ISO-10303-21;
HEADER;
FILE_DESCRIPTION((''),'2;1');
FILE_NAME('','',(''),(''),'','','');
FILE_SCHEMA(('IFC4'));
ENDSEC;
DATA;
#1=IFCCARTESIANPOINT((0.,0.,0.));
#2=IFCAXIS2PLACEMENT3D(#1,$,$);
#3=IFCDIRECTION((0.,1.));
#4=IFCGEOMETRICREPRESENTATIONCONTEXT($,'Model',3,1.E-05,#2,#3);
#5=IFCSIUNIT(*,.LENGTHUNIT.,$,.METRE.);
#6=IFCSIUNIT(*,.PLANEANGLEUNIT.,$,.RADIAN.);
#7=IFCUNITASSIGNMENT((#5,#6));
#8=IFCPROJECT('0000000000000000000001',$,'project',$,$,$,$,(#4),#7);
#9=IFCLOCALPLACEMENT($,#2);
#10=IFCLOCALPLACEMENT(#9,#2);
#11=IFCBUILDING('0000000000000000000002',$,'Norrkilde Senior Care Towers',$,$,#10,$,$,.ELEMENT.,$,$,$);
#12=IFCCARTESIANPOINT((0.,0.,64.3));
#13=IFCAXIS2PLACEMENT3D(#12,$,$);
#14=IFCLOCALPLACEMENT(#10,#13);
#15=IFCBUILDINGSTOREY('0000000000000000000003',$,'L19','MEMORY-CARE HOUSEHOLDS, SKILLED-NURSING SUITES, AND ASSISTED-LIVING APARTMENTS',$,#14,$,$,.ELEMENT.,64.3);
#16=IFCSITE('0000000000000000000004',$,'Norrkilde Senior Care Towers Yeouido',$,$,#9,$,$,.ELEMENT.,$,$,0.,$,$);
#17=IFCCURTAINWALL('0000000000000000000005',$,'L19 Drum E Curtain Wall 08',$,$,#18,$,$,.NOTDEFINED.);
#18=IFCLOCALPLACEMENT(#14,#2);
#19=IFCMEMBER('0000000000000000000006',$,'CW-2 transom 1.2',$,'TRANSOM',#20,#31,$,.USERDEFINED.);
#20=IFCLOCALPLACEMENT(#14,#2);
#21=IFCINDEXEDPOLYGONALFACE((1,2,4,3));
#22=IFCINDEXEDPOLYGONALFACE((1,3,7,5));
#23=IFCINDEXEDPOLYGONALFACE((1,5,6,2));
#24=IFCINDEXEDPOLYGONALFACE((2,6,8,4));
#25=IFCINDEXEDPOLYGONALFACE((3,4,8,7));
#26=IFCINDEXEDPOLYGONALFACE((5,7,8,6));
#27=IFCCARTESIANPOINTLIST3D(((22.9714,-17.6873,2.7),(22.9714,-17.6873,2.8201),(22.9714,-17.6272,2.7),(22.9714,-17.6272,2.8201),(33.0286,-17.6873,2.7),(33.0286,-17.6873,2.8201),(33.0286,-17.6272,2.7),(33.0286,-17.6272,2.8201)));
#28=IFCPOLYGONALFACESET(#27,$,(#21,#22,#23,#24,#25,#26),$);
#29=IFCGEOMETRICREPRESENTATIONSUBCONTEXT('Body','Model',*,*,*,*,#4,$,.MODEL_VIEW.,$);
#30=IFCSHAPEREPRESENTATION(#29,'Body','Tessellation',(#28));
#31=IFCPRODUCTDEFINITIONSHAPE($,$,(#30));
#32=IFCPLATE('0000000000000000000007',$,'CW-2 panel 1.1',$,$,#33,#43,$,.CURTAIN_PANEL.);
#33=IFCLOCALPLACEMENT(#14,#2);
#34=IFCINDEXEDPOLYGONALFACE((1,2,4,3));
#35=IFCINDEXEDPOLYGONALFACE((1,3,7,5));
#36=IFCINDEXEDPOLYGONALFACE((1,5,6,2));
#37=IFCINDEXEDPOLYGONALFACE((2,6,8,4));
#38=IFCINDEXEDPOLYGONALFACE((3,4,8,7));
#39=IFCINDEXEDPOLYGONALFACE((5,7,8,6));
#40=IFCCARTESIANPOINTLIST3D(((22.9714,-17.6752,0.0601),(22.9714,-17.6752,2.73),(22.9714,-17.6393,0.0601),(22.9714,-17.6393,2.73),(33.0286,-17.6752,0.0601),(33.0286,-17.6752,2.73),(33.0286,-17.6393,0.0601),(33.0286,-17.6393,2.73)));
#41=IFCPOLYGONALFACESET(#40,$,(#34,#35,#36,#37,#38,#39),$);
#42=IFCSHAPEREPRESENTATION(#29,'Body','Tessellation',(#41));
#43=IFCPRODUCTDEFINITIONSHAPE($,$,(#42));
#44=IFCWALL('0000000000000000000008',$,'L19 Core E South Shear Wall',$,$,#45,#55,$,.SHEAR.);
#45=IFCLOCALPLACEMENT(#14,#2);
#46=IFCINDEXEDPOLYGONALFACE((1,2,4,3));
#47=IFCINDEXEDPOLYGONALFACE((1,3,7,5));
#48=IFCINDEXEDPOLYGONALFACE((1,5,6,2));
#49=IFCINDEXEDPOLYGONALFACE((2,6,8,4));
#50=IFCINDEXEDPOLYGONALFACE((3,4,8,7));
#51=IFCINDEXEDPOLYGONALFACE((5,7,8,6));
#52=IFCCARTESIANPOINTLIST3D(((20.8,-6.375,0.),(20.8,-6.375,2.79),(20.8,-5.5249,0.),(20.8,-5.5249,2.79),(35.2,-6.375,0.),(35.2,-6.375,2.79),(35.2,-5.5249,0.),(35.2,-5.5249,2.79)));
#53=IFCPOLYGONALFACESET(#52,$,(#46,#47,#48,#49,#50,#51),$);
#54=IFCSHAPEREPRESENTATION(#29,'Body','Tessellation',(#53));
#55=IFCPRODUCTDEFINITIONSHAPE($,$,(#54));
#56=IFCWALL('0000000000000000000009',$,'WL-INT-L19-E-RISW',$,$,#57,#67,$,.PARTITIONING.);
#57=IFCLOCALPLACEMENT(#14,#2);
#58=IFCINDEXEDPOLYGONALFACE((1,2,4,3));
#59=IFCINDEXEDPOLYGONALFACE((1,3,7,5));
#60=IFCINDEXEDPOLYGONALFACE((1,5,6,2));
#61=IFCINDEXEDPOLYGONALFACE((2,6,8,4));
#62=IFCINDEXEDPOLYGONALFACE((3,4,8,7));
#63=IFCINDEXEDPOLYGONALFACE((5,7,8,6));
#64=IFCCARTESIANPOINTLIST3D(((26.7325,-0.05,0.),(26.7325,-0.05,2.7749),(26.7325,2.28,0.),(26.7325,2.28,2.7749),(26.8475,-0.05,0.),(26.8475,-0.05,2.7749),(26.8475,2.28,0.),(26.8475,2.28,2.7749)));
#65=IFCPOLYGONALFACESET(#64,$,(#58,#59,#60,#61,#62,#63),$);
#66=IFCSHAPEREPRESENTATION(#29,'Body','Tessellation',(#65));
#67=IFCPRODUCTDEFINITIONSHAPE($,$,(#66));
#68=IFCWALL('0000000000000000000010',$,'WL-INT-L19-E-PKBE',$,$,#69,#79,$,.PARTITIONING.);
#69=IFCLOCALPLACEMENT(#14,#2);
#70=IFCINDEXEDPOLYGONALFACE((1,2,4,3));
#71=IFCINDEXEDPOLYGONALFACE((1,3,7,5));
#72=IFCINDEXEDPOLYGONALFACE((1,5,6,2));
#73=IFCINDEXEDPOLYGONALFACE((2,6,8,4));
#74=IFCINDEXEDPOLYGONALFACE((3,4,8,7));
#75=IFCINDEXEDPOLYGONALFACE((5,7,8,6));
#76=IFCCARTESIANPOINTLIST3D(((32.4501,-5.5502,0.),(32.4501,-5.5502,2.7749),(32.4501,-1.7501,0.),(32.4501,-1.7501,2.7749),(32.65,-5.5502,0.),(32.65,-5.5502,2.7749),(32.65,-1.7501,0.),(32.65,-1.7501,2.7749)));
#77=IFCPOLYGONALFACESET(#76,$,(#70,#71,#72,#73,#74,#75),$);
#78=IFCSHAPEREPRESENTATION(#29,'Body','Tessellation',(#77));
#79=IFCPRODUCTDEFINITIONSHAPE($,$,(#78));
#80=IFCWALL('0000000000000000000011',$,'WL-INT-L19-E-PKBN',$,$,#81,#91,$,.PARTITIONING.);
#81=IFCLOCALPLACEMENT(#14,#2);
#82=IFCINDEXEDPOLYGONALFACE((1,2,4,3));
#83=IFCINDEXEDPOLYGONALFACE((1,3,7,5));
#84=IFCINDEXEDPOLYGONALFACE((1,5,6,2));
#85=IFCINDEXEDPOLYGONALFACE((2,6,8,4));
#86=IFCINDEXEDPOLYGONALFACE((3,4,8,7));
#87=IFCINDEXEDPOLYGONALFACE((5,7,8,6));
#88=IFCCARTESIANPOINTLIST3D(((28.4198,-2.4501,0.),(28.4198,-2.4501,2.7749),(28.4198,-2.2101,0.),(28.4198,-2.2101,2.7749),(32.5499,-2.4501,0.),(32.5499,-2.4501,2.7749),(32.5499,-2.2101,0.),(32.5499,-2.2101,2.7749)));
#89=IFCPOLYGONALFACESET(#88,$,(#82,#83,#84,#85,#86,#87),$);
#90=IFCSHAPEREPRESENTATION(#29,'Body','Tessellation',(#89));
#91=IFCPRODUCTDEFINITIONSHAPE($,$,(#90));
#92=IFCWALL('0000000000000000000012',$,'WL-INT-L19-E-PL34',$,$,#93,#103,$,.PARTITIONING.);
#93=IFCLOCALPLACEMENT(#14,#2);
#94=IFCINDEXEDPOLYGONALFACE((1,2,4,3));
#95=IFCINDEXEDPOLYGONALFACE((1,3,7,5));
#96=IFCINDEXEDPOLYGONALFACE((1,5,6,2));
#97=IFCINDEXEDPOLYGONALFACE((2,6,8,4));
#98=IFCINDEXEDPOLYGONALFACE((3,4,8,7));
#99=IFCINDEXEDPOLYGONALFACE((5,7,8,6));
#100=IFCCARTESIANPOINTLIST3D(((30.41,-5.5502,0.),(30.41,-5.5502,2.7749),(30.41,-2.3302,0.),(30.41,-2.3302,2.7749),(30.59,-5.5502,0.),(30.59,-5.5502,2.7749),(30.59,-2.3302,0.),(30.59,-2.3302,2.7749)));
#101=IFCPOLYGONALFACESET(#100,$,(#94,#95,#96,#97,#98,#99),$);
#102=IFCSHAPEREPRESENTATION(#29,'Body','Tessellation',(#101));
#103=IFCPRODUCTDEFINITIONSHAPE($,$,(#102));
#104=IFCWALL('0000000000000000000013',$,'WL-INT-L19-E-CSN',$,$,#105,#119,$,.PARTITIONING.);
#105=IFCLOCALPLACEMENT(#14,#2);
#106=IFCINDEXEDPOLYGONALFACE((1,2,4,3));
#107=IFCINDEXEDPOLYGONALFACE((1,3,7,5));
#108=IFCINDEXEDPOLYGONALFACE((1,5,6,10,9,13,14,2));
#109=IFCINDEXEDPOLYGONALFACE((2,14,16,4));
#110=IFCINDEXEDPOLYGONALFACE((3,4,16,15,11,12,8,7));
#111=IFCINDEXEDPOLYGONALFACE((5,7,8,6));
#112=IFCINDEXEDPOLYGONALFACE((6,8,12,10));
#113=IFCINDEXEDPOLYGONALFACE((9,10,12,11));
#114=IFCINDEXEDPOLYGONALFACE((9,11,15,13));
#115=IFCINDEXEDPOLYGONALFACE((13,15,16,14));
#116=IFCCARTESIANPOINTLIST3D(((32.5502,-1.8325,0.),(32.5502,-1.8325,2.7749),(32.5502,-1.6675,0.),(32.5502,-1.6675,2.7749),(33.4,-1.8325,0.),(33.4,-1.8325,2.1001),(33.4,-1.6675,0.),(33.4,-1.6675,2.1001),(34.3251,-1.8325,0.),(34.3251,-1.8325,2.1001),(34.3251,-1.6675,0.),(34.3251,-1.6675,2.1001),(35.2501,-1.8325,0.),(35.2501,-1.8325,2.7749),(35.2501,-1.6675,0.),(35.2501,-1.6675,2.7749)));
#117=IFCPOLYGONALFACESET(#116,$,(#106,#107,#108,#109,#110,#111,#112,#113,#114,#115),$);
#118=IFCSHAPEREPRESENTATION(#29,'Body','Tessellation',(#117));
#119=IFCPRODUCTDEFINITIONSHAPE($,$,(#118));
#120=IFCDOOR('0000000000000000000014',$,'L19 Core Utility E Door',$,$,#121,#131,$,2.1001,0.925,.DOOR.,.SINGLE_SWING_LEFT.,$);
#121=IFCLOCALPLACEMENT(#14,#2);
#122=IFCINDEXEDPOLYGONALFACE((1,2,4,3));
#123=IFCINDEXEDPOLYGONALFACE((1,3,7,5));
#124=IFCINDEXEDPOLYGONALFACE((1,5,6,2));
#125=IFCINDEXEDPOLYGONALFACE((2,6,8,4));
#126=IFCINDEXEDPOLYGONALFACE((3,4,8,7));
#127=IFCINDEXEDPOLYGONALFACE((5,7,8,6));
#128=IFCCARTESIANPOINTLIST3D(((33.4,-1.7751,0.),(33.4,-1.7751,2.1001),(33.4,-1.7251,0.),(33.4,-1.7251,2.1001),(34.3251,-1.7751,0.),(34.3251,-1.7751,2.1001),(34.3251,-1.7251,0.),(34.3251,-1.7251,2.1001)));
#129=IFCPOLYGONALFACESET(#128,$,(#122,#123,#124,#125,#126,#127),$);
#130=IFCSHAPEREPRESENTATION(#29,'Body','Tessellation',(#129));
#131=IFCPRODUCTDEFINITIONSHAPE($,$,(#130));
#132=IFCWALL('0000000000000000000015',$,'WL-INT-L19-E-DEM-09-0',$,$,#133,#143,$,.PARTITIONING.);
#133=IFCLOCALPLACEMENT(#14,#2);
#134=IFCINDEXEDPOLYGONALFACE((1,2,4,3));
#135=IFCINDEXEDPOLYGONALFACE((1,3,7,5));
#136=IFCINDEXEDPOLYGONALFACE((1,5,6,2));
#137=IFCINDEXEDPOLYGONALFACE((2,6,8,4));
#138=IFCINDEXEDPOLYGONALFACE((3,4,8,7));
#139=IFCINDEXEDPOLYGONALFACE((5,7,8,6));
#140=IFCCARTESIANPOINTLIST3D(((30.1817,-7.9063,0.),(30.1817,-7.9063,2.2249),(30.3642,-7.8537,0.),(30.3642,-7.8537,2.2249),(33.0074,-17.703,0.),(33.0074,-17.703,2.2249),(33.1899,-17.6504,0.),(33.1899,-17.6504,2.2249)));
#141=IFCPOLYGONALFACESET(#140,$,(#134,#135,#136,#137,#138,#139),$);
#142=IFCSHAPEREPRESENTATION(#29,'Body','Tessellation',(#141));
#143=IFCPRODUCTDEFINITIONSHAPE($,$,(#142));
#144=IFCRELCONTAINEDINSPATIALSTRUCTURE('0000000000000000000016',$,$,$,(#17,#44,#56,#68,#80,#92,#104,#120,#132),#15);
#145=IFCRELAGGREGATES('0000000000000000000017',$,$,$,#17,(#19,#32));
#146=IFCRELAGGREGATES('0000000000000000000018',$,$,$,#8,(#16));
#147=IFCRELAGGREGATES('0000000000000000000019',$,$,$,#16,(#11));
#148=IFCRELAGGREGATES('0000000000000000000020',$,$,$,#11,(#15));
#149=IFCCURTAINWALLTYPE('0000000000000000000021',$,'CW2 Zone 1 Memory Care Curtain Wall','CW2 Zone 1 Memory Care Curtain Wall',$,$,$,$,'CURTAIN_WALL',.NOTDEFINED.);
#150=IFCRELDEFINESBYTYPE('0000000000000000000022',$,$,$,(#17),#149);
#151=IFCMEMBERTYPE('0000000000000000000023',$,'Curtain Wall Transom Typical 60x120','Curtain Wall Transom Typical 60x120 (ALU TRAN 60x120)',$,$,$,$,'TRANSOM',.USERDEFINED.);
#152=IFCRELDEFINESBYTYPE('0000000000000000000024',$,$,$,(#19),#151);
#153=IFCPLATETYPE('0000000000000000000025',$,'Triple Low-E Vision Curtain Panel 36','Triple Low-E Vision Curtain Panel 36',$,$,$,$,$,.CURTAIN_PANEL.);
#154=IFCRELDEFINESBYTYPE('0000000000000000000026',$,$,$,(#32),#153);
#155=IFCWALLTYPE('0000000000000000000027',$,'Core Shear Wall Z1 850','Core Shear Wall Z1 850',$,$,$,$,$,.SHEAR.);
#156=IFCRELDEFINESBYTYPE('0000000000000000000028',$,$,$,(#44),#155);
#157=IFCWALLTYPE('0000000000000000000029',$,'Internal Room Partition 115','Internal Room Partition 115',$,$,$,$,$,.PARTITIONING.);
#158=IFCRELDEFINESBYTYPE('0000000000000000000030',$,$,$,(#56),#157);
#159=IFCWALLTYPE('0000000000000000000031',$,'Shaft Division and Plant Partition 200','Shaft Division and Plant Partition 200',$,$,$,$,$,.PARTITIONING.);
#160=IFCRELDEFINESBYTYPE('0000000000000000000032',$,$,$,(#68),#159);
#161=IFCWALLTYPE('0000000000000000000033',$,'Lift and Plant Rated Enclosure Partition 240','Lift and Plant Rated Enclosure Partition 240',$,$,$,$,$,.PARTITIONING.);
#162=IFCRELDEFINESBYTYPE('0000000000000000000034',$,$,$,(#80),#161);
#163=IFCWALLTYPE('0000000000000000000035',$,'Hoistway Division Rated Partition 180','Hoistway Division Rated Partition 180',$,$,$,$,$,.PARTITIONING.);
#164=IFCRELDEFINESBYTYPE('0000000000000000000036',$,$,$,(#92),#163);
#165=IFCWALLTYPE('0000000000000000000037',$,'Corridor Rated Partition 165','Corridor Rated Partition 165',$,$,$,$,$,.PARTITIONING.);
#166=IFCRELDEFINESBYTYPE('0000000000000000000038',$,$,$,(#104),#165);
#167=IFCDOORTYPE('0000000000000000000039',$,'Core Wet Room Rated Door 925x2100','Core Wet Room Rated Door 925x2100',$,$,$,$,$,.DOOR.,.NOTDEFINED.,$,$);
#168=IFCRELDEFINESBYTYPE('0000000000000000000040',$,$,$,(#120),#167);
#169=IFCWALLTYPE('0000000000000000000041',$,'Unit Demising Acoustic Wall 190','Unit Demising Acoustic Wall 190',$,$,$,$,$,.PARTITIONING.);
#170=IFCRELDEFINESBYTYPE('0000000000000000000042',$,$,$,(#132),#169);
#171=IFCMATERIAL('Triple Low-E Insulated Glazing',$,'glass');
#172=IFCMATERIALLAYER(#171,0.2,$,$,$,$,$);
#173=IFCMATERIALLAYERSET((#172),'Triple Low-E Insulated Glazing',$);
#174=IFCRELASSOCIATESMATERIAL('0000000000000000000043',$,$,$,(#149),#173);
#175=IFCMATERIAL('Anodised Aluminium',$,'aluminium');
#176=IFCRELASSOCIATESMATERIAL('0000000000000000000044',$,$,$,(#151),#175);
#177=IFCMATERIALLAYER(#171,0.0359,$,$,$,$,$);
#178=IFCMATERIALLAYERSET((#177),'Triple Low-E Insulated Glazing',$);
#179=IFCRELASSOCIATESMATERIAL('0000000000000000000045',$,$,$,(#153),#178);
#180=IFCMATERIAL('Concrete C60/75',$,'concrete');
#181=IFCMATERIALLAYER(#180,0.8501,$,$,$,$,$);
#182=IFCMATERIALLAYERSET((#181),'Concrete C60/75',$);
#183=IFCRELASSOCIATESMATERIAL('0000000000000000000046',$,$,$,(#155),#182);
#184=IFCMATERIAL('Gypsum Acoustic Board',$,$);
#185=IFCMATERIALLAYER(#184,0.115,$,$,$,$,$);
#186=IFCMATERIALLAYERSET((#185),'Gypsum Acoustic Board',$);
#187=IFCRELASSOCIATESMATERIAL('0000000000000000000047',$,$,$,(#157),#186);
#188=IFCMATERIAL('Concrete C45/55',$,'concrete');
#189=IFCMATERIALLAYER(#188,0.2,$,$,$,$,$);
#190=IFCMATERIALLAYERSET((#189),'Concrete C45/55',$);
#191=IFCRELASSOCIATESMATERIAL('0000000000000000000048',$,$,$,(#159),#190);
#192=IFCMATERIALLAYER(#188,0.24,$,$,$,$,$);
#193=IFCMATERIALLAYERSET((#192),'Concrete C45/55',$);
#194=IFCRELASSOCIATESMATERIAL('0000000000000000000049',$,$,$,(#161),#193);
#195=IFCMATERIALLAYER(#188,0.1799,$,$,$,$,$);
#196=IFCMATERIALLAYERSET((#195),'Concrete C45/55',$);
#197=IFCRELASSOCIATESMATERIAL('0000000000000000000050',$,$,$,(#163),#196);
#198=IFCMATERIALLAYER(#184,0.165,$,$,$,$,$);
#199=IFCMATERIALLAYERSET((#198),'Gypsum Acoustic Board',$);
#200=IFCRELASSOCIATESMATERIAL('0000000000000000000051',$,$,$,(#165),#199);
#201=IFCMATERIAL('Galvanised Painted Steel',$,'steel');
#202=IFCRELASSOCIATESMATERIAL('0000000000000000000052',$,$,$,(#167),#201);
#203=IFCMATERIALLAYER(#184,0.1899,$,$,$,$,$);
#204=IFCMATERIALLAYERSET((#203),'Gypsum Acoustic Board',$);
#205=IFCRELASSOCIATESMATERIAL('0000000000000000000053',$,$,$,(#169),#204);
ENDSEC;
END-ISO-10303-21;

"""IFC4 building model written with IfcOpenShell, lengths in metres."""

from ifc_helpers import new_model, si_unit, direction, frame, frame_2d, origin, origin_2d, place, context, subcontext, project, spatial, rectangle, extrude, source, transform, mapped, material, layer, layer_set, material_profile, profile_set, type_object, type_shapes, element, fill, aggregate, save


model = new_model("IFC4")

# Units and contexts
model_context = context("Model", 3, precision=1e-05, world=origin(), true_north=direction((0.0, 1.0)))
body_context = subcontext(model_context, "Body", "Model", "MODEL_VIEW")
ifc_project = project(units=[si_unit("LENGTHUNIT", "METRE"), si_unit("PLANEANGLEUNIT", "RADIAN")], contexts=[model_context])

# Site, building, storey
site_placement = place(None, origin())
site = spatial("IfcSite", under=ifc_project, at=site_placement, Name="Norrkilde Senior Care Towers Yeouido", CompositionType="ELEMENT", RefElevation=0.0)
building_placement = place(site_placement, origin())
building = spatial("IfcBuilding", under=site, at=building_placement, Name="Norrkilde Senior Care Towers", CompositionType="ELEMENT")
storey_placement = place(building_placement, frame((0.0, 0.0, 64.3)))
storey = spatial("IfcBuildingStorey", under=building, at=storey_placement, Name="L19", Description="MEMORY-CARE HOUSEHOLDS, SKILLED-NURSING SUITES, AND ASSISTED-LIVING APARTMENTS", CompositionType="ELEMENT", Elevation=64.3)

# Shared definitions
ifc_material_1 = material(Name="Concrete C60/75", Category="concrete")

# Curtain wall
ifc_material_2 = material(Name="Triple Low-E Insulated Glazing", Category="glass")
ifc_layer_1 = layer(ifc_material_2, 0.2)
ifc_layer_set_1 = layer_set([ifc_layer_1], Name="Triple Low-E Insulated Glazing")
curtain_wall_type = type_object("IfcCurtainWallType", Name="CW2 Zone 1 Memory Care Curtain Wall", Description="CW2 Zone 1 Memory Care Curtain Wall", ElementType="CURTAIN_WALL", PredefinedType="NOTDEFINED", material=ifc_layer_set_1)
curtain_wall_1_placement = place(storey_placement, origin())
curtain_wall_1 = element("IfcCurtainWall", 1, at=curtain_wall_1_placement, inside=storey, type_object=curtain_wall_type, Name="L19 Drum E Curtain Wall 08", PredefinedType="NOTDEFINED")
ifc_material_3 = material(Name="Anodised Aluminium", Category="aluminium")

# Member
ifc_material_profile_1 = material_profile(ifc_material_3, rectangle(XDim=0.0601, YDim=0.1201, at=origin_2d()), Name="ALU TRAN 60x120")
ifc_profile_set_1 = profile_set([ifc_material_profile_1], Name="Anodised Aluminium")
member_type_1 = type_object("IfcMemberType", Name="Curtain Wall Transom Typical 60x120", Description="Curtain Wall Transom Typical 60x120 (ALU TRAN 60x120)", ElementType="TRANSOM", PredefinedType="USERDEFINED", material=ifc_profile_set_1)
shared_shape_1 = source(origin(), body_context, "Body", "SweptSolid", [
    extrude(rectangle(XDim=0.0601, YDim=0.1201, at=origin_2d()), origin(), (0.0, 0.0, 1.0), 10.0571),
])
type_shapes(member_type_1, [shared_shape_1])
member_1_placement = place(storey_placement, frame((33.0286, -17.6572, 2.76), z_axis=(-1.0, 0.0, 0.0), x_axis=(0.0, -1.0, 0.0)))
member_1 = element("IfcMember", 2, at=member_1_placement, type_object=member_type_1, Name="CW-2 transom 1.2", ObjectType="TRANSOM", PredefinedType="USERDEFINED", context=body_context, shape_type="MappedRepresentation", body=[
    mapped(shared_shape_1, transform((0.0, 0.0, 0.0), x_axis=(1.0, 0.0, 0.0), y_axis=(0.0, 1.0, 0.0), z_axis=(0.0, 0.0, 1.0), scale=1.0)),
])

# Plate
ifc_layer_2 = layer(ifc_material_2, 0.0359)
ifc_layer_set_2 = layer_set([ifc_layer_2], Name="Triple Low-E Insulated Glazing")
plate_type = type_object("IfcPlateType", Name="Triple Low-E Vision Curtain Panel 36", Description="Triple Low-E Vision Curtain Panel 36", PredefinedType="CURTAIN_PANEL", material=ifc_layer_set_2)
shared_shape_2 = source(origin(), body_context, "Body", "SweptSolid", [
    extrude(rectangle(XDim=10.0571, YDim=0.0359, at=origin_2d()), origin(), (0.0, 0.0, 1.0), 2.6699),
])
type_shapes(plate_type, [shared_shape_2])
plate_placement = place(storey_placement, frame((28.0, -17.6572, 0.0601), z_axis=(0.0, 0.0, 1.0), x_axis=(-1.0, 0.0, 0.0)))
plate = element("IfcPlate", 3, at=plate_placement, type_object=plate_type, Name="CW-2 panel 1.1", PredefinedType="CURTAIN_PANEL", context=body_context, shape_type="MappedRepresentation", body=[
    mapped(shared_shape_2, transform((0.0, 0.0, 0.0), x_axis=(1.0, 0.0, 0.0), y_axis=(0.0, 1.0, 0.0), z_axis=(0.0, 0.0, 1.0), scale=1.0)),
])
aggregate(curtain_wall_1, [member_1, plate])

# Walls
ifc_layer_3 = layer(ifc_material_1, 0.8501)
ifc_layer_set_3 = layer_set([ifc_layer_3], Name="Concrete C60/75")
wall_type_1 = type_object("IfcWallType", Name="Core Shear Wall Z1 850", Description="Core Shear Wall Z1 850", PredefinedType="SHEAR", material=ifc_layer_set_3)
shared_shape_3 = source(origin(), body_context, "Body", "SweptSolid", [
    extrude(rectangle(XDim=14.3999, YDim=0.8501, at=frame_2d((7.2, 0.0))), origin(), (0.0, 0.0, 1.0), 2.79),
])
type_shapes(wall_type_1, [shared_shape_3])
wall_1_placement = place(storey_placement, frame((35.2, -5.95, 0.0), z_axis=(0.0, 0.0, 1.0), x_axis=(-1.0, 0.0, 0.0)))
element("IfcWall", 4, at=wall_1_placement, inside=storey, type_object=wall_type_1, Name="L19 Core E South Shear Wall", PredefinedType="SHEAR", context=body_context, shape_type="MappedRepresentation", body=[
    mapped(shared_shape_3, transform((0.0, 0.0, 0.0), x_axis=(1.0, 0.0, 0.0), y_axis=(0.0, 1.0, 0.0), z_axis=(0.0, 0.0, 1.0), scale=1.0)),
])
ifc_material_4 = material(Name="Gypsum Acoustic Board")
ifc_layer_4 = layer(ifc_material_4, 0.115)
ifc_layer_set_4 = layer_set([ifc_layer_4], Name="Gypsum Acoustic Board")
wall_type_2 = type_object("IfcWallType", Name="Internal Room Partition 115", Description="Internal Room Partition 115", PredefinedType="PARTITIONING", material=ifc_layer_set_4)
shared_shape_4 = source(origin(), body_context, "Body", "SweptSolid", [
    extrude(rectangle(XDim=2.3301, YDim=0.115, at=frame_2d((1.165, 0.0))), origin(), (0.0, 0.0, 1.0), 2.7749),
])
wall_2_placement = place(storey_placement, frame((26.79, -0.05, 0.0), z_axis=(0.0, 0.0, 1.0), x_axis=(0.0, 1.0, 0.0)))
element("IfcWall", 5, at=wall_2_placement, inside=storey, type_object=wall_type_2, Name="WL-INT-L19-E-RISW", PredefinedType="PARTITIONING", context=body_context, shape_type="MappedRepresentation", body=[
    mapped(shared_shape_4, transform((0.0, 0.0, 0.0), x_axis=(1.0, 0.0, 0.0), y_axis=(0.0, 1.0, 0.0), z_axis=(0.0, 0.0, 1.0), scale=1.0)),
])
ifc_material_5 = material(Name="Concrete C45/55", Category="concrete")
ifc_layer_5 = layer(ifc_material_5, 0.2)
ifc_layer_set_5 = layer_set([ifc_layer_5], Name="Concrete C45/55")
wall_type_3 = type_object("IfcWallType", Name="Shaft Division and Plant Partition 200", Description="Shaft Division and Plant Partition 200", PredefinedType="PARTITIONING", material=ifc_layer_set_5)
shared_shape_5 = source(origin(), body_context, "Body", "SweptSolid", [
    extrude(rectangle(XDim=3.8, YDim=0.2, at=frame_2d((1.8999, 0.0))), origin(), (0.0, 0.0, 1.0), 2.7749),
])
type_shapes(wall_type_3, [shared_shape_5])
wall_3_placement = place(storey_placement, frame((32.55, -5.55, 0.0), z_axis=(0.0, 0.0, 1.0), x_axis=(0.0, 1.0, 0.0)))
element("IfcWall", 6, at=wall_3_placement, inside=storey, type_object=wall_type_3, Name="WL-INT-L19-E-PKBE", PredefinedType="PARTITIONING", context=body_context, shape_type="MappedRepresentation", body=[
    mapped(shared_shape_5, transform((0.0, 0.0, 0.0), x_axis=(1.0, 0.0, 0.0), y_axis=(0.0, 1.0, 0.0), z_axis=(0.0, 0.0, 1.0), scale=1.0)),
])
ifc_layer_6 = layer(ifc_material_5, 0.24)
ifc_layer_set_6 = layer_set([ifc_layer_6], Name="Concrete C45/55")
wall_type_4 = type_object("IfcWallType", Name="Lift and Plant Rated Enclosure Partition 240", Description="Lift and Plant Rated Enclosure Partition 240", PredefinedType="PARTITIONING", material=ifc_layer_set_6)
shared_shape_6 = source(origin(), body_context, "Body", "SweptSolid", [
    extrude(rectangle(XDim=4.1301, YDim=0.24, at=frame_2d((2.0649, 0.0))), origin(), (0.0, 0.0, 1.0), 2.7749),
])
type_shapes(wall_type_4, [shared_shape_6])
wall_4_placement = place(storey_placement, frame((28.4199, -2.3301, 0.0), z_axis=(0.0, 0.0, 1.0), x_axis=(1.0, 0.0, 0.0)))
element("IfcWall", 7, at=wall_4_placement, inside=storey, type_object=wall_type_4, Name="WL-INT-L19-E-PKBN", PredefinedType="PARTITIONING", context=body_context, shape_type="MappedRepresentation", body=[
    mapped(shared_shape_6, transform((0.0, 0.0, 0.0), x_axis=(1.0, 0.0, 0.0), y_axis=(0.0, 1.0, 0.0), z_axis=(0.0, 0.0, 1.0), scale=1.0)),
])
ifc_layer_7 = layer(ifc_material_5, 0.1799)
ifc_layer_set_7 = layer_set([ifc_layer_7], Name="Concrete C45/55")
wall_type_5 = type_object("IfcWallType", Name="Hoistway Division Rated Partition 180", Description="Hoistway Division Rated Partition 180", PredefinedType="PARTITIONING", material=ifc_layer_set_7)
shared_shape_7 = source(origin(), body_context, "Body", "SweptSolid", [
    extrude(rectangle(XDim=3.22, YDim=0.1799, at=frame_2d((1.6099, 0.0))), origin(), (0.0, 0.0, 1.0), 2.7749),
])
type_shapes(wall_type_5, [shared_shape_7])
wall_5_placement = place(storey_placement, frame((30.5, -5.55, 0.0), z_axis=(0.0, 0.0, 1.0), x_axis=(0.0, 1.0, 0.0)))
element("IfcWall", 8, at=wall_5_placement, inside=storey, type_object=wall_type_5, Name="WL-INT-L19-E-PL34", PredefinedType="PARTITIONING", context=body_context, shape_type="MappedRepresentation", body=[
    mapped(shared_shape_7, transform((0.0, 0.0, 0.0), x_axis=(1.0, 0.0, 0.0), y_axis=(0.0, 1.0, 0.0), z_axis=(0.0, 0.0, 1.0), scale=1.0)),
])

# Wall, opening, door
ifc_layer_8 = layer(ifc_material_4, 0.165)
ifc_layer_set_8 = layer_set([ifc_layer_8], Name="Gypsum Acoustic Board")
wall_type_6 = type_object("IfcWallType", Name="Corridor Rated Partition 165", Description="Corridor Rated Partition 165", PredefinedType="PARTITIONING", material=ifc_layer_set_8)
shared_shape_8 = source(origin(), body_context, "Body", "SweptSolid", [
    extrude(rectangle(XDim=2.7, YDim=0.165, at=frame_2d((1.3501, 0.0))), origin(), (0.0, 0.0, 1.0), 2.7749),
])
type_shapes(wall_type_6, [shared_shape_8])
wall_6_placement = place(storey_placement, frame((32.55, -1.75, 0.0), z_axis=(0.0, 0.0, 1.0), x_axis=(1.0, 0.0, 0.0)))
wall_6 = element("IfcWall", 9, at=wall_6_placement, inside=storey, type_object=wall_type_6, Name="WL-INT-L19-E-CSN", PredefinedType="PARTITIONING", context=body_context, shape_type="MappedRepresentation", body=[
    mapped(shared_shape_8, transform((0.0, 0.0, 0.0), x_axis=(1.0, 0.0, 0.0), y_axis=(0.0, 1.0, 0.0), z_axis=(0.0, 0.0, 1.0), scale=1.0)),
])
opening_1_placement = place(wall_6_placement, frame((0.8501, 0.0, 0.0)))
opening_1 = element("IfcOpeningElement", 10, at=opening_1_placement, cuts=wall_6, PredefinedType="OPENING", context=body_context, shape_type="SweptSolid", body=[
    extrude(rectangle(XDim=0.925, YDim=2.1001, at=frame_2d((0.4624, 1.05))), frame((0.0, 0.0925, 0.0), z_axis=(0.0, -1.0, 0.0), x_axis=(1.0, 0.0, 0.0)), (0.0, 0.0, 1.0), 0.1851),
])
ifc_material_6 = material(Name="Galvanised Painted Steel", Category="steel")
door_type_1 = type_object("IfcDoorType", Name="Core Wet Room Rated Door 925x2100", Description="Core Wet Room Rated Door 925x2100", OperationType="NOTDEFINED", PredefinedType="DOOR", material=ifc_material_6)
shared_shape_9 = source(origin(), body_context, "Body", "SweptSolid", [
    extrude(rectangle(XDim=0.925, YDim=2.1001, at=frame_2d((0.4624, 1.05))), frame((0.0, 0.0249, 0.0), z_axis=(0.0, -1.0, 0.0), x_axis=(1.0, 0.0, 0.0)), (0.0, 0.0, 1.0), 0.05),
])
type_shapes(door_type_1, [shared_shape_9])
door_1_placement = place(opening_1_placement, origin())
door_1 = element("IfcDoor", 11, at=door_1_placement, inside=storey, type_object=door_type_1, Name="L19 Core Utility E Door", OperationType="SINGLE_SWING_LEFT", OverallHeight=2.1001, OverallWidth=0.925, PredefinedType="DOOR", context=body_context, shape_type="MappedRepresentation", body=[
    mapped(shared_shape_9, transform((0.0, 0.0, 0.0), x_axis=(1.0, 0.0, 0.0), y_axis=(0.0, 1.0, 0.0), z_axis=(0.0, 0.0, 1.0), scale=1.0)),
])
fill(opening_1, door_1)

# Wall
ifc_layer_9 = layer(ifc_material_4, 0.1899)
ifc_layer_set_9 = layer_set([ifc_layer_9], Name="Gypsum Acoustic Board")
wall_type_7 = type_object("IfcWallType", Name="Unit Demising Acoustic Wall 190", Description="Unit Demising Acoustic Wall 190", PredefinedType="PARTITIONING", material=ifc_layer_set_9)
shared_shape_10 = source(origin(), body_context, "Body", "SweptSolid", [
    extrude(rectangle(XDim=10.196, YDim=0.1899, at=frame_2d((5.0981, 0.0))), origin(), (0.0, 0.0, 1.0), 2.2249),
])
type_shapes(wall_type_7, [shared_shape_10])
wall_7_placement = place(storey_placement, frame((30.2729, -7.8799, 0.0), z_axis=(0.0, 0.0, 1.0), x_axis=(0.277136, -0.960831, 0.0)))
element("IfcWall", 12, at=wall_7_placement, inside=storey, type_object=wall_type_7, Name="WL-INT-L19-E-DEM-09-0", PredefinedType="PARTITIONING", context=body_context, shape_type="MappedRepresentation", body=[
    mapped(shared_shape_10, transform((0.0, 0.0, 0.0), x_axis=(1.0, 0.0, 0.0), y_axis=(0.0, 1.0, 0.0), z_axis=(0.0, 0.0, 1.0), scale=1.0)),
])

save(model, "model.ifc")
